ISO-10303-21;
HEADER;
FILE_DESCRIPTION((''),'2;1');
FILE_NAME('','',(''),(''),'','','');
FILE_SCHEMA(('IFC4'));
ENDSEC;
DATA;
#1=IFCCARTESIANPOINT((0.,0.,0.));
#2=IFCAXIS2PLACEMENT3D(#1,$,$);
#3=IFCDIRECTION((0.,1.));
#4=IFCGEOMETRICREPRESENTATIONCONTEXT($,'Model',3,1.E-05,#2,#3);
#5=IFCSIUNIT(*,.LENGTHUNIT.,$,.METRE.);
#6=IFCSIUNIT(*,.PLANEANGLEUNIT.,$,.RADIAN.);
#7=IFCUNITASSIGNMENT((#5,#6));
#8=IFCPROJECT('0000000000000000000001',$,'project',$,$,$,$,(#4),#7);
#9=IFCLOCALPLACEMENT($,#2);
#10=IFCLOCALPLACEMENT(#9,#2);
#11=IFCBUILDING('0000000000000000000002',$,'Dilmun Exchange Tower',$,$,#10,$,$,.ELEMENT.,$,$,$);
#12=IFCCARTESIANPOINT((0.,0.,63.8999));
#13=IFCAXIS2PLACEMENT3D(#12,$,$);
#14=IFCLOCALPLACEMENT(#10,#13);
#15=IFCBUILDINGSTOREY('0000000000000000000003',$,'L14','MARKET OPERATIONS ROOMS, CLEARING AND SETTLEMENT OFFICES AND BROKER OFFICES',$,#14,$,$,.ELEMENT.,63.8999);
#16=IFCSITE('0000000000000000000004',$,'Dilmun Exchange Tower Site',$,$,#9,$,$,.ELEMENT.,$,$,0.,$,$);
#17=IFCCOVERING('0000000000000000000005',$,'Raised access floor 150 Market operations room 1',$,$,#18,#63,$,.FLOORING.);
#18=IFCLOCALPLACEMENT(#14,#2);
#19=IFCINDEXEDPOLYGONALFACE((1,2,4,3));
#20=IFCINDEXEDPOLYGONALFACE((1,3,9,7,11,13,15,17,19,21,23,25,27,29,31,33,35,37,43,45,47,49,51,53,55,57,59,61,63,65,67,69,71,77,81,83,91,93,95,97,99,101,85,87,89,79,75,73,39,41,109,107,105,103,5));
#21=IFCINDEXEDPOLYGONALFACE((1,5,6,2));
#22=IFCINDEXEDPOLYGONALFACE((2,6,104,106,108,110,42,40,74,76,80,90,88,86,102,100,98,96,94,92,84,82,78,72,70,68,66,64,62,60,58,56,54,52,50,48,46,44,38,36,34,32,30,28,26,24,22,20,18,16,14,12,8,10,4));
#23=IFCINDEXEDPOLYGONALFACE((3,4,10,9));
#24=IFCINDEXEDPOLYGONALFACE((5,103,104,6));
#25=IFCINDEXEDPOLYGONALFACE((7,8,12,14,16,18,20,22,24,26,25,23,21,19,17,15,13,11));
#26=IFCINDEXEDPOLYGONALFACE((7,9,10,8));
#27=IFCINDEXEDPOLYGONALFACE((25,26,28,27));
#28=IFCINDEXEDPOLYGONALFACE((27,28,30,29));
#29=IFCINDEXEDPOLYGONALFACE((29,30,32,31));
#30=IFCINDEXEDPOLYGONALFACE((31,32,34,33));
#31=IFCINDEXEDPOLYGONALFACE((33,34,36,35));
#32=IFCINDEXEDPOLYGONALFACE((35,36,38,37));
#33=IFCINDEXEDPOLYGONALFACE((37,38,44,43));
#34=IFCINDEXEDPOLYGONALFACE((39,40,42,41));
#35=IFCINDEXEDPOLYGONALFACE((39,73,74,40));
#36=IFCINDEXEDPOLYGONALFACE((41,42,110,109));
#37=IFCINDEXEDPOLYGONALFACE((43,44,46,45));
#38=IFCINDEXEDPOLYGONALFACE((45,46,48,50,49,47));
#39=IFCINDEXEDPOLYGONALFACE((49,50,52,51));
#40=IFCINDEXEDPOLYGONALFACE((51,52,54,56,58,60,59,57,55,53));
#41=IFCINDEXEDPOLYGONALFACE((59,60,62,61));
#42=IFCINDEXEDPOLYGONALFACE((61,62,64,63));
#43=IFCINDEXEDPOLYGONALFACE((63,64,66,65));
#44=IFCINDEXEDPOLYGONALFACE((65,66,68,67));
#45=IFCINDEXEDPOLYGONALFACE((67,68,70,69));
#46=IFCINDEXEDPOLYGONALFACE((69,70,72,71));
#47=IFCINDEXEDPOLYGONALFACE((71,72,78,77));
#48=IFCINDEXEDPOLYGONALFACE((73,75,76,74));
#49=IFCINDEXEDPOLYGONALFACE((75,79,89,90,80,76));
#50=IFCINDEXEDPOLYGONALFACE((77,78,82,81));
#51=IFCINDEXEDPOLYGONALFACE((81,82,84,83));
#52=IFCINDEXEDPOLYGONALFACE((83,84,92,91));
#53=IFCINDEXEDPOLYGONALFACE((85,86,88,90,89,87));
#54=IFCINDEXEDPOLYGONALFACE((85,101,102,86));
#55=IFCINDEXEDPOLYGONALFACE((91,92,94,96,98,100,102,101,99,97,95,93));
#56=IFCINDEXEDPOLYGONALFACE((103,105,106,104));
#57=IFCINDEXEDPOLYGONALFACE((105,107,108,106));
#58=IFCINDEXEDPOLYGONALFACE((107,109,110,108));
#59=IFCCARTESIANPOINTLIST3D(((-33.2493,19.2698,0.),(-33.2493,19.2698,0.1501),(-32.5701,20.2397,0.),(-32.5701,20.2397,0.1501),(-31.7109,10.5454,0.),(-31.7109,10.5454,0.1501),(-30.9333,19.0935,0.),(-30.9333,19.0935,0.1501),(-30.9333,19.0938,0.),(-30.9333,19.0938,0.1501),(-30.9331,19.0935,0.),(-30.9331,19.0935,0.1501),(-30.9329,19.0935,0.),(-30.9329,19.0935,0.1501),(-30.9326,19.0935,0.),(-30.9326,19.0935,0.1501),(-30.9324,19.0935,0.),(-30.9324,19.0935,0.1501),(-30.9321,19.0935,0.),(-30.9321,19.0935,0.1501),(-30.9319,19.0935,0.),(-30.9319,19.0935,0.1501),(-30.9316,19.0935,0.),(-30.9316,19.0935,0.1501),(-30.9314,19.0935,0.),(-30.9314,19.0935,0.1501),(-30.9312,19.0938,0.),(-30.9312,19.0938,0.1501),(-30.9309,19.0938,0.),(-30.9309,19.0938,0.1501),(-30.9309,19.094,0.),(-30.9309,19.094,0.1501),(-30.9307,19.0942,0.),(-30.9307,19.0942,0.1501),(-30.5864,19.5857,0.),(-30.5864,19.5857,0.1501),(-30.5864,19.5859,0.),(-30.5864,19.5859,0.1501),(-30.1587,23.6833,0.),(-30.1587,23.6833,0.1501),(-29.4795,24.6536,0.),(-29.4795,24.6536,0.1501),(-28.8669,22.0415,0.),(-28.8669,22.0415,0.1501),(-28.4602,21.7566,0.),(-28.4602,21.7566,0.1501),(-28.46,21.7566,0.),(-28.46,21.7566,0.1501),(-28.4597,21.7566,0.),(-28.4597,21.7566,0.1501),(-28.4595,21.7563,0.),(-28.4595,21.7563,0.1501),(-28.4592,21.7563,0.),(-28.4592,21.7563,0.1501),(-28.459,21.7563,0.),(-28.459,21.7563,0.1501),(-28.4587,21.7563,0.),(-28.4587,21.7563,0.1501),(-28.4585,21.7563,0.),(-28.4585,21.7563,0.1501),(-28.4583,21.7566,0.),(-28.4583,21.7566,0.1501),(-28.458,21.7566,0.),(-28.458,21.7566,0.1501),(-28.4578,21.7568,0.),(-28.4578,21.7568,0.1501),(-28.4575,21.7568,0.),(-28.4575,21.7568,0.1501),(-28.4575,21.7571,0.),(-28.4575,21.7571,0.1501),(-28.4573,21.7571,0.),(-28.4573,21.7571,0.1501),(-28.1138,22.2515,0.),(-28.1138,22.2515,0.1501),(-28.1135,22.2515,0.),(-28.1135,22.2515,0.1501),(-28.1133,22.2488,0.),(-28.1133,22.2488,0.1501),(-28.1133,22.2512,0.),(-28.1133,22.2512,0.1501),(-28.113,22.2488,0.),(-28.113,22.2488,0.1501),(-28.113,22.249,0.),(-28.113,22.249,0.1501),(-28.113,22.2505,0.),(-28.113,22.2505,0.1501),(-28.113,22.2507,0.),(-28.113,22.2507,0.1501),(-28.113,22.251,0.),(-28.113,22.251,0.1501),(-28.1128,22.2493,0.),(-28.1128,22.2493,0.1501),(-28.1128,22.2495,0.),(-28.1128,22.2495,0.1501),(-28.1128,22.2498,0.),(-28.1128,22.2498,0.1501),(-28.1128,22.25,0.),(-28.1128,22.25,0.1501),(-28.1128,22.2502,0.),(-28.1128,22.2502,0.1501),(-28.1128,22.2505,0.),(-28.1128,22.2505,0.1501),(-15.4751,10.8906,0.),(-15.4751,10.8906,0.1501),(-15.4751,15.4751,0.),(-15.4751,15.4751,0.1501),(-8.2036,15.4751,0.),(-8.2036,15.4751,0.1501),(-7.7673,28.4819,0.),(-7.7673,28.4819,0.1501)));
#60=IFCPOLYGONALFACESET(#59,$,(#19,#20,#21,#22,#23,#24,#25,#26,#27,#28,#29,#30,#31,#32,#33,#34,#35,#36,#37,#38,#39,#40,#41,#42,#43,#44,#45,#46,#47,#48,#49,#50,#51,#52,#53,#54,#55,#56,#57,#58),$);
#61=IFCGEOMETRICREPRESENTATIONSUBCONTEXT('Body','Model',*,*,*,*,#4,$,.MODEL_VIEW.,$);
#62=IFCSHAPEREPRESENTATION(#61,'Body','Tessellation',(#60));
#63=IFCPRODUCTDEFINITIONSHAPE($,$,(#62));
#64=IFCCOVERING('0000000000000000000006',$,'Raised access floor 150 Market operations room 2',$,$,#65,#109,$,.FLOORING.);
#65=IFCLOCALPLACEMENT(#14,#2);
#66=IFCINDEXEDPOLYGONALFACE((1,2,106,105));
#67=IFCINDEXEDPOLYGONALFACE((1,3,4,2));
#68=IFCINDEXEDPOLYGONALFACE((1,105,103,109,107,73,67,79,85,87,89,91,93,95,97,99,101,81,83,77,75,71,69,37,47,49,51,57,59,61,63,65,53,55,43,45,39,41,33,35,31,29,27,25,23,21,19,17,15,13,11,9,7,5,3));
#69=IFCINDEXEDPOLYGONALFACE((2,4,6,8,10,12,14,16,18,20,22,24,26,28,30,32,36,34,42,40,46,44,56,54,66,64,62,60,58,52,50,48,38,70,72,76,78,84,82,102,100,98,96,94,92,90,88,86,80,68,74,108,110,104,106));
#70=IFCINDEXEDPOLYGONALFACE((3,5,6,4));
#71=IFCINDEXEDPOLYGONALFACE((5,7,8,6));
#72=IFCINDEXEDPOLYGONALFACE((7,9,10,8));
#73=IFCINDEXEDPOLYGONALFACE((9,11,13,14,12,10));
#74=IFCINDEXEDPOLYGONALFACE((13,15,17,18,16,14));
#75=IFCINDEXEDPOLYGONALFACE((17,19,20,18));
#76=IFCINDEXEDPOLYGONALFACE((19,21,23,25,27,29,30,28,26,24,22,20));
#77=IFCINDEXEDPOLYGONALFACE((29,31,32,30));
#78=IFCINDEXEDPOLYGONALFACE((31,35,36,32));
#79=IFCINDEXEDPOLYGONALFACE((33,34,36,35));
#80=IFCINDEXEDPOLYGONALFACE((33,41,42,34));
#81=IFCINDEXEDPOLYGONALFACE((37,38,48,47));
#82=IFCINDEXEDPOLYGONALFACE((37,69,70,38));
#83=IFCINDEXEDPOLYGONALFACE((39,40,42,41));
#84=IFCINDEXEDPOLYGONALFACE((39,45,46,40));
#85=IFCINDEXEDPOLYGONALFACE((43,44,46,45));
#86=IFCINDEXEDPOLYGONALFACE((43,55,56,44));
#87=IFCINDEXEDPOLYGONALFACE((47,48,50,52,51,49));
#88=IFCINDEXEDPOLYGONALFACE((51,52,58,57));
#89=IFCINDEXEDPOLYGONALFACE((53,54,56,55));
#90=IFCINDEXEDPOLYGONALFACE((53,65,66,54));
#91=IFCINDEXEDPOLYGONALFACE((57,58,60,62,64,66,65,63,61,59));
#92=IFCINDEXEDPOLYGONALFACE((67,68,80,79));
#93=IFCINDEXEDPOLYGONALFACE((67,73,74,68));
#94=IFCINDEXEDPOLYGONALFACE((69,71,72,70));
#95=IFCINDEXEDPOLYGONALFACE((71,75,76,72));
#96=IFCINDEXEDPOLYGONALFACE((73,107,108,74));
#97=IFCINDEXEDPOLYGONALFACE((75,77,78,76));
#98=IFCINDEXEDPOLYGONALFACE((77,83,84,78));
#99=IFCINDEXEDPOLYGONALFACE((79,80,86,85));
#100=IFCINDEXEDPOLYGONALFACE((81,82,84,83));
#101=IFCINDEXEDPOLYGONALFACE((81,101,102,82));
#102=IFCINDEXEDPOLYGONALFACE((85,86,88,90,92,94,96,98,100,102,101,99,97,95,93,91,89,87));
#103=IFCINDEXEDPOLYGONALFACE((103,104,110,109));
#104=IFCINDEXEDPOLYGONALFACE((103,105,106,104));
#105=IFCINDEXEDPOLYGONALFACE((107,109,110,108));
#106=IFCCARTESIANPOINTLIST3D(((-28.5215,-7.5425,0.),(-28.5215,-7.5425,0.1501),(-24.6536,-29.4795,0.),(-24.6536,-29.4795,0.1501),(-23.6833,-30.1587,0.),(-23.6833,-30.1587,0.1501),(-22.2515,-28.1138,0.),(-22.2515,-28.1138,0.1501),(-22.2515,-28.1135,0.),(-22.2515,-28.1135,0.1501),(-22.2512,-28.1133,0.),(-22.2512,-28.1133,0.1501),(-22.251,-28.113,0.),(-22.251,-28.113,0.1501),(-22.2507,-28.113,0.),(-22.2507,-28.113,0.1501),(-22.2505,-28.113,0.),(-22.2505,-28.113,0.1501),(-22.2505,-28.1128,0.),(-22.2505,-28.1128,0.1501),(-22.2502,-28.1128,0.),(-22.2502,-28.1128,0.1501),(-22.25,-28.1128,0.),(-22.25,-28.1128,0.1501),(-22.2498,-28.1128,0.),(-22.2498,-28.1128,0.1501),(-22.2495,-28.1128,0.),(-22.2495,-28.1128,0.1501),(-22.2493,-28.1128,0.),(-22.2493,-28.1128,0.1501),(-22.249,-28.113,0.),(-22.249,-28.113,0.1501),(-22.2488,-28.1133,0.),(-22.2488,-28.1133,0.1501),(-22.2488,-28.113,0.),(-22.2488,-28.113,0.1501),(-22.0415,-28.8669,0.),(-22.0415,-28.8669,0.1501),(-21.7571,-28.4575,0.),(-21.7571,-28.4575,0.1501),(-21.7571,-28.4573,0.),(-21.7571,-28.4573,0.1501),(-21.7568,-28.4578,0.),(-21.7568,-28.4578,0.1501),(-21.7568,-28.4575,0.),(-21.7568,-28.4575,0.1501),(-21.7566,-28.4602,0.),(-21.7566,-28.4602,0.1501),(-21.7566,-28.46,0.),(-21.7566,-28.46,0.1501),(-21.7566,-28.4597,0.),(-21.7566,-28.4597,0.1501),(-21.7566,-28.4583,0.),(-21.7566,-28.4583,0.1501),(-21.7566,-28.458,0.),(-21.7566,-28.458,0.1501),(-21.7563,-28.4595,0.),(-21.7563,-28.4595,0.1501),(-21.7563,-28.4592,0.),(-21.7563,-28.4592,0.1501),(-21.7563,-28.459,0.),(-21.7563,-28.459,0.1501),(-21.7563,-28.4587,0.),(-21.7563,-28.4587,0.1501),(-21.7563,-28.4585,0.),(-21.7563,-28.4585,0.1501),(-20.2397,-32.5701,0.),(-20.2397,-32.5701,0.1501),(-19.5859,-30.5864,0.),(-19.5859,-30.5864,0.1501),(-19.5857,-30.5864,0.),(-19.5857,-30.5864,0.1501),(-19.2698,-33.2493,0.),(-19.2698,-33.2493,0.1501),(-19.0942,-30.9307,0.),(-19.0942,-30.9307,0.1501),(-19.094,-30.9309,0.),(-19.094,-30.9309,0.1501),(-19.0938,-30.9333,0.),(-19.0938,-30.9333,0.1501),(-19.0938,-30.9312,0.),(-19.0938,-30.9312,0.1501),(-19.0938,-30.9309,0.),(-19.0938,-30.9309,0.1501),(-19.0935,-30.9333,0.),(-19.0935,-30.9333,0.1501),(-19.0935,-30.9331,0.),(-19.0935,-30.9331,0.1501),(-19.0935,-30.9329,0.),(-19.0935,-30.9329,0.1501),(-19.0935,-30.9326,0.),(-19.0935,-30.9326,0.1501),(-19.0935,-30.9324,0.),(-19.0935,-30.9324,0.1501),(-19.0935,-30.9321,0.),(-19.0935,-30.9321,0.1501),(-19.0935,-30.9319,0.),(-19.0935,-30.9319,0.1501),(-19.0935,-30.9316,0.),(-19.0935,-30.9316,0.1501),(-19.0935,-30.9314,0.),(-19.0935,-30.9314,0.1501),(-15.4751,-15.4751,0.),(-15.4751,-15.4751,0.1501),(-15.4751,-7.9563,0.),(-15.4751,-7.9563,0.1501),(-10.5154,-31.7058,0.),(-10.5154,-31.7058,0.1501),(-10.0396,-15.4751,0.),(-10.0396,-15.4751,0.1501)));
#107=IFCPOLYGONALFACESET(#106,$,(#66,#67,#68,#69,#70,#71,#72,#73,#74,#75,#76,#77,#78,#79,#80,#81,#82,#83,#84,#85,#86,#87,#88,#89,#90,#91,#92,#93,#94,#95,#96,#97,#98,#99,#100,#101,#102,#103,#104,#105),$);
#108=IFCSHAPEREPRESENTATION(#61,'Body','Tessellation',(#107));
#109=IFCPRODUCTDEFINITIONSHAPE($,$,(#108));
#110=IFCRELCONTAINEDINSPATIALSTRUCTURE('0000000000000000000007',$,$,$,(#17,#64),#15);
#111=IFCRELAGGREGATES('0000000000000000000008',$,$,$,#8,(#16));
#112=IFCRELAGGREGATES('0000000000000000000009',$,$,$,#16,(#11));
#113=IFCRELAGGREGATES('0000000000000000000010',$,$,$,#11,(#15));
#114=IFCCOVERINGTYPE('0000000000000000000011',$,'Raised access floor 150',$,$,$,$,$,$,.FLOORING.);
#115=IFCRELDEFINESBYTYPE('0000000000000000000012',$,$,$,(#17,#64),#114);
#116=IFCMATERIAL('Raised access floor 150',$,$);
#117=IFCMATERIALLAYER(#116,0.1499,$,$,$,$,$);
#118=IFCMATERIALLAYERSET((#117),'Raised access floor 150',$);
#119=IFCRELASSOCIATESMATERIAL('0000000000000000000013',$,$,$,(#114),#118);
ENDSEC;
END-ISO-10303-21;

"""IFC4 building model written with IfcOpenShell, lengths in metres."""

from ifc_helpers import new_model, si_unit, direction, frame, origin, place, context, subcontext, project, spatial, polyline, outline, extrude, material, layer, layer_set, type_object, element, save


model = new_model("IFC4")

# Units and contexts
model_context = context("Model", 3, precision=1e-05, world=origin(), true_north=direction((0.0, 1.0)))
body_context = subcontext(model_context, "Body", "Model", "MODEL_VIEW")
ifc_project = project(units=[si_unit("LENGTHUNIT", "METRE"), si_unit("PLANEANGLEUNIT", "RADIAN")], contexts=[model_context])

# Site, building, storey
site_placement = place(None, origin())
site = spatial("IfcSite", under=ifc_project, at=site_placement, Name="Dilmun Exchange Tower Site", CompositionType="ELEMENT", RefElevation=0.0)
building_placement = place(site_placement, origin())
building = spatial("IfcBuilding", under=site, at=building_placement, Name="Dilmun Exchange Tower", CompositionType="ELEMENT")
storey_placement = place(building_placement, frame((0.0, 0.0, 63.8999)))
storey = spatial("IfcBuildingStorey", under=building, at=storey_placement, Name="L14", Description="MARKET OPERATIONS ROOMS, CLEARING AND SETTLEMENT OFFICES AND BROKER OFFICES", CompositionType="ELEMENT", Elevation=63.8999)

# Coverings
ifc_material_1 = material(Name="Raised access floor 150")
ifc_layer_1 = layer(ifc_material_1, 0.1499)
ifc_layer_set_1 = layer_set([ifc_layer_1], Name="Raised access floor 150")
covering_type_1 = type_object("IfcCoveringType", Name="Raised access floor 150", PredefinedType="FLOORING", material=ifc_layer_set_1)
covering_1_placement = place(storey_placement, origin())
element("IfcCovering", 1, at=covering_1_placement, inside=storey, type_object=covering_type_1, Name="Raised access floor 150 Market operations room 1", PredefinedType="FLOORING", context=body_context, shape_type="SweptSolid", body=[
    extrude(outline(polyline([(-8.2036, 15.4751), (-15.4751, 15.4751), (-15.4751, 10.8906), (-31.7109, 10.5454), (-33.2493, 19.2698), (-32.5701, 20.2397), (-30.9333, 19.0938), (-30.9333, 19.0935), (-30.9331, 19.0935), (-30.9329, 19.0935), (-30.9326, 19.0935), (-30.9326, 19.0935), (-30.9324, 19.0935), (-30.9321, 19.0935), (-30.9319, 19.0935), (-30.9316, 19.0935), (-30.9316, 19.0935), (-30.9314, 19.0935), (-30.9312, 19.0938), (-30.9309, 19.0938), (-30.9309, 19.094), (-30.9309, 19.094), (-30.9307, 19.0942), (-30.5864, 19.5857), (-30.5864, 19.5859), (-30.5864, 19.5859), (-28.8669, 22.0415), (-28.4602, 21.7566), (-28.46, 21.7566), (-28.4597, 21.7566), (-28.4597, 21.7566), (-28.4595, 21.7563), (-28.4592, 21.7563), (-28.459, 21.7563), (-28.4587, 21.7563), (-28.4585, 21.7563), (-28.4585, 21.7563), (-28.4583, 21.7566), (-28.458, 21.7566), (-28.458, 21.7566), (-28.4578, 21.7568), (-28.4575, 21.7568), (-28.4575, 21.7571), (-28.4573, 21.7571), (-28.1133, 22.2488), (-28.113, 22.2488), (-28.113, 22.249), (-28.1128, 22.2493), (-28.1128, 22.2495), (-28.1128, 22.2495), (-28.1128, 22.2498), (-28.1128, 22.25), (-28.1128, 22.2502), (-28.1128, 22.2505), (-28.113, 22.2505), (-28.113, 22.2507), (-28.113, 22.251), (-28.1133, 22.2512), (-28.1133, 22.2512), (-28.1135, 22.2515), (-28.1138, 22.2515), (-30.1587, 23.6833), (-29.4795, 24.6536), (-7.7673, 28.4819), (-8.2036, 15.4751)])), origin(), (0.0, 0.0, 1.0), 0.1501),
])
covering_2_placement = place(storey_placement, origin())
element("IfcCovering", 2, at=covering_2_placement, inside=storey, type_object=covering_type_1, Name="Raised access floor 150 Market operations room 2", PredefinedType="FLOORING", context=body_context, shape_type="SweptSolid", body=[
    extrude(outline(polyline([(-15.4751, -7.9563), (-15.4751, -15.4751), (-10.0396, -15.4751), (-10.5154, -31.7058), (-19.2698, -33.2493), (-20.2397, -32.5701), (-19.0938, -30.9333), (-19.0935, -30.9333), (-19.0935, -30.9331), (-19.0935, -30.9329), (-19.0935, -30.9326), (-19.0935, -30.9326), (-19.0935, -30.9324), (-19.0935, -30.9321), (-19.0935, -30.9319), (-19.0935, -30.9316), (-19.0935, -30.9316), (-19.0935, -30.9314), (-19.0938, -30.9312), (-19.0938, -30.9309), (-19.094, -30.9309), (-19.094, -30.9309), (-19.0942, -30.9307), (-19.5857, -30.5864), (-19.5859, -30.5864), (-19.5859, -30.5864), (-22.0415, -28.8669), (-21.7566, -28.4602), (-21.7566, -28.46), (-21.7566, -28.4597), (-21.7566, -28.4597), (-21.7563, -28.4595), (-21.7563, -28.4592), (-21.7563, -28.459), (-21.7563, -28.4587), (-21.7563, -28.4585), (-21.7563, -28.4585), (-21.7566, -28.4583), (-21.7566, -28.458), (-21.7566, -28.458), (-21.7568, -28.4578), (-21.7568, -28.4575), (-21.7571, -28.4575), (-21.7571, -28.4573), (-22.2488, -28.1133), (-22.2488, -28.113), (-22.249, -28.113), (-22.2493, -28.1128), (-22.2495, -28.1128), (-22.2495, -28.1128), (-22.2498, -28.1128), (-22.25, -28.1128), (-22.2502, -28.1128), (-22.2505, -28.1128), (-22.2505, -28.113), (-22.2507, -28.113), (-22.251, -28.113), (-22.2512, -28.1133), (-22.2512, -28.1133), (-22.2515, -28.1135), (-22.2515, -28.1138), (-23.6833, -30.1587), (-24.6536, -29.4795), (-28.5215, -7.5425), (-15.4751, -7.9563)])), origin(), (0.0, 0.0, 1.0), 0.1501),
])

save(model, "model.ifc")
